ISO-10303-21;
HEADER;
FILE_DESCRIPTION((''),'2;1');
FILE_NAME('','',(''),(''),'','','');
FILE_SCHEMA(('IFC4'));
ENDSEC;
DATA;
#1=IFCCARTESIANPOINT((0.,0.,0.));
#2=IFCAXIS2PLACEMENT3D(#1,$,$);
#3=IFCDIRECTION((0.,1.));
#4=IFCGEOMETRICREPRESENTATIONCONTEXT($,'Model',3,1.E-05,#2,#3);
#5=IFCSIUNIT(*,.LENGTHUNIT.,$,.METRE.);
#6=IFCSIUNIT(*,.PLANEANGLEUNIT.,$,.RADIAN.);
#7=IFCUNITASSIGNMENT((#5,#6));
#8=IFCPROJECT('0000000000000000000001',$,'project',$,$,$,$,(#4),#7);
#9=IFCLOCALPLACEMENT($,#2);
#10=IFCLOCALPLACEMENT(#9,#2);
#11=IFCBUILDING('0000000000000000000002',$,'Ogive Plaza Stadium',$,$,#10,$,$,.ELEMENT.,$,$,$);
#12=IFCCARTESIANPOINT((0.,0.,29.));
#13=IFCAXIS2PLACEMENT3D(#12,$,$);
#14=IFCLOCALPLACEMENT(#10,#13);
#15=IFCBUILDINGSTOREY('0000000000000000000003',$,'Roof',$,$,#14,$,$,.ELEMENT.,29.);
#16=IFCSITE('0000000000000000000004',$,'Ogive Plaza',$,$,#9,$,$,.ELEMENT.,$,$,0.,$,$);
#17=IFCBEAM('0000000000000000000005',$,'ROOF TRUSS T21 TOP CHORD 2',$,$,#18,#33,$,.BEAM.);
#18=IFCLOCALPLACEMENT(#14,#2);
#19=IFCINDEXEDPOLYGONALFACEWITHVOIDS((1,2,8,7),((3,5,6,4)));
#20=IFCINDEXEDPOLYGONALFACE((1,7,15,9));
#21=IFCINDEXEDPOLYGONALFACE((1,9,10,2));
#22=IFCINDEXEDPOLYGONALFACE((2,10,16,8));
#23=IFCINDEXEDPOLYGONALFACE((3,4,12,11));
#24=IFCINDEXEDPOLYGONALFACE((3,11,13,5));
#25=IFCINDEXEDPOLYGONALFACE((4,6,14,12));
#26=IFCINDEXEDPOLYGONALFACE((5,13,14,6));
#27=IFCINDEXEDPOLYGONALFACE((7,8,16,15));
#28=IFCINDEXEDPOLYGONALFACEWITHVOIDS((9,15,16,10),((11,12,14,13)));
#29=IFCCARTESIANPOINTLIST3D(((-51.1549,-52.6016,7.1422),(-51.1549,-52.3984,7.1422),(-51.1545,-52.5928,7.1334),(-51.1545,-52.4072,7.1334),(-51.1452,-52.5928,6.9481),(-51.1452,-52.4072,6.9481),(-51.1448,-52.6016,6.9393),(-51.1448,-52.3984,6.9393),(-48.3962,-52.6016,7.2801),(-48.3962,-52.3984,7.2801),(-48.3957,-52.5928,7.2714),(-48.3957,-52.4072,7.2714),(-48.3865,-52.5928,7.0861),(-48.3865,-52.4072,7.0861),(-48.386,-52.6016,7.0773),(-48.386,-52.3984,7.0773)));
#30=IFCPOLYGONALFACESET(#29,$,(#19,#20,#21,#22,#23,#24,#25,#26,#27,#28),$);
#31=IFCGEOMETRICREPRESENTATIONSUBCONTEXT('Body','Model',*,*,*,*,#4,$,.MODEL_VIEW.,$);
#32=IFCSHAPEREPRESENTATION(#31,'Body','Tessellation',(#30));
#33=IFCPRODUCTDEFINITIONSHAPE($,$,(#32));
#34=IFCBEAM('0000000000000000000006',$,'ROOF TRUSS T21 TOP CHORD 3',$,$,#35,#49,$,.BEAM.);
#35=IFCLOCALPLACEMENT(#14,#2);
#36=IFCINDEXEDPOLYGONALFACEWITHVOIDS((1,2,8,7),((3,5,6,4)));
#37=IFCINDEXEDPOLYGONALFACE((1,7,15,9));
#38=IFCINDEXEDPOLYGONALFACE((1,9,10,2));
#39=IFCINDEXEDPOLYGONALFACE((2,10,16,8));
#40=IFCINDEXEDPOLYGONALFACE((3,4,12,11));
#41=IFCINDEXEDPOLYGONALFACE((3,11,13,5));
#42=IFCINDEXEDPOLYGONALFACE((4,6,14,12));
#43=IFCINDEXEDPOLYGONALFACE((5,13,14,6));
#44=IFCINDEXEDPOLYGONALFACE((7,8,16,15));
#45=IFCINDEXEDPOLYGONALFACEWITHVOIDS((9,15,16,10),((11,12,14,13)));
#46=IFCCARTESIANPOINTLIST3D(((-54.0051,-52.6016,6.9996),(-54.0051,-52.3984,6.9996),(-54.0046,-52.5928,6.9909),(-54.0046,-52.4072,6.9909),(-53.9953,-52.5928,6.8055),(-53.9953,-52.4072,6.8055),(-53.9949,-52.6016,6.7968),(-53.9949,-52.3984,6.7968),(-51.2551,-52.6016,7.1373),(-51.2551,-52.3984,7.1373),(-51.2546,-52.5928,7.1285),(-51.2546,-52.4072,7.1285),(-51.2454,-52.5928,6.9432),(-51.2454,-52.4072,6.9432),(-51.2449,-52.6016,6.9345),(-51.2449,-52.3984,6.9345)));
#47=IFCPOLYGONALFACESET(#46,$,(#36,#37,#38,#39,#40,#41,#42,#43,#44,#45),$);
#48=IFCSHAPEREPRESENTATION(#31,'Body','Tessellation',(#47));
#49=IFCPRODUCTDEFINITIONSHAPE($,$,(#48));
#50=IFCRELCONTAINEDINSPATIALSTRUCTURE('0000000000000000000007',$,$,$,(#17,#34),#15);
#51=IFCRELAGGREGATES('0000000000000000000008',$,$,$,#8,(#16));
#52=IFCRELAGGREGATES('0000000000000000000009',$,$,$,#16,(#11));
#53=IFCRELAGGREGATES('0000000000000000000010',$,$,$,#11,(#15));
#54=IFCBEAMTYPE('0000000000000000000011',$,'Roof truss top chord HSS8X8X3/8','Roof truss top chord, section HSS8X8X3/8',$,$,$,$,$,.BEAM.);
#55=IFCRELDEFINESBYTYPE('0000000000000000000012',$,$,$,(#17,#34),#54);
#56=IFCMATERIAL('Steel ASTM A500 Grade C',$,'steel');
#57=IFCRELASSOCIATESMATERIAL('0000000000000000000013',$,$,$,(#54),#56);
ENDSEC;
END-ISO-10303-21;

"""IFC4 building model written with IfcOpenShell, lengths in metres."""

from ifc_helpers import new_model, si_unit, direction, frame, origin, origin_2d, place, context, subcontext, project, spatial, hollow_rectangle, extrude, material, material_profile, profile_set, type_object, element, save


model = new_model("IFC4")

# Units and contexts
model_context = context("Model", 3, precision=1e-05, world=origin(), true_north=direction((0.0, 1.0)))
body_context = subcontext(model_context, "Body", "Model", "MODEL_VIEW")
ifc_project = project(units=[si_unit("LENGTHUNIT", "METRE"), si_unit("PLANEANGLEUNIT", "RADIAN")], contexts=[model_context])

# Site, building, storey
site_placement = place(None, origin())
site = spatial("IfcSite", under=ifc_project, at=site_placement, Name="Ogive Plaza", CompositionType="ELEMENT", RefElevation=0.0)
building_placement = place(site_placement, origin())
building = spatial("IfcBuilding", under=site, at=building_placement, Name="Ogive Plaza Stadium", CompositionType="ELEMENT")
storey_placement = place(building_placement, frame((0.0, 0.0, 29.0)))
storey = spatial("IfcBuildingStorey", under=building, at=storey_placement, Name="Roof", CompositionType="ELEMENT", Elevation=29.0)

# Beams
ifc_material_1 = material(Name="Steel ASTM A500 Grade C", Category="steel")
ifc_material_profile_1 = material_profile(ifc_material_1, hollow_rectangle(XDim=0.2031, YDim=0.2031, WallThickness=0.0088, at=origin_2d()), Name="HSS8X8X3/8")
ifc_profile_set_1 = profile_set([ifc_material_profile_1], Name="Steel ASTM A500 Grade C")
beam_type_1 = type_object("IfcBeamType", Name="Roof truss top chord HSS8X8X3/8", Description="Roof truss top chord, section HSS8X8X3/8", PredefinedType="BEAM", material=ifc_profile_set_1)
beam_1_placement = place(storey_placement, frame((-48.3911, -52.5, 7.1787), z_axis=(-0.998752, 0.0, -0.049938), x_axis=(0.0, -1.0, 0.0)))
element("IfcBeam", 1, at=beam_1_placement, inside=storey, type_object=beam_type_1, Name="ROOF TRUSS T21 TOP CHORD 2", PredefinedType="BEAM", context=body_context, shape_type="SweptSolid", body=[
    extrude(hollow_rectangle(XDim=0.2031, YDim=0.2031, WallThickness=0.0088, at=origin_2d()), origin(), (0.0, 0.0, 1.0), 2.7622),
])
beam_2_placement = place(storey_placement, frame((-51.25, -52.5, 7.0359), z_axis=(-0.998749, 0.0, -0.050008), x_axis=(0.0, -1.0, 0.0)))
element("IfcBeam", 2, at=beam_2_placement, inside=storey, type_object=beam_type_1, Name="ROOF TRUSS T21 TOP CHORD 3", PredefinedType="BEAM", context=body_context, shape_type="SweptSolid", body=[
    extrude(hollow_rectangle(XDim=0.2031, YDim=0.2031, WallThickness=0.0088, at=origin_2d()), origin(), (0.0, 0.0, 1.0), 2.7534),
])

save(model, "model.ifc")
